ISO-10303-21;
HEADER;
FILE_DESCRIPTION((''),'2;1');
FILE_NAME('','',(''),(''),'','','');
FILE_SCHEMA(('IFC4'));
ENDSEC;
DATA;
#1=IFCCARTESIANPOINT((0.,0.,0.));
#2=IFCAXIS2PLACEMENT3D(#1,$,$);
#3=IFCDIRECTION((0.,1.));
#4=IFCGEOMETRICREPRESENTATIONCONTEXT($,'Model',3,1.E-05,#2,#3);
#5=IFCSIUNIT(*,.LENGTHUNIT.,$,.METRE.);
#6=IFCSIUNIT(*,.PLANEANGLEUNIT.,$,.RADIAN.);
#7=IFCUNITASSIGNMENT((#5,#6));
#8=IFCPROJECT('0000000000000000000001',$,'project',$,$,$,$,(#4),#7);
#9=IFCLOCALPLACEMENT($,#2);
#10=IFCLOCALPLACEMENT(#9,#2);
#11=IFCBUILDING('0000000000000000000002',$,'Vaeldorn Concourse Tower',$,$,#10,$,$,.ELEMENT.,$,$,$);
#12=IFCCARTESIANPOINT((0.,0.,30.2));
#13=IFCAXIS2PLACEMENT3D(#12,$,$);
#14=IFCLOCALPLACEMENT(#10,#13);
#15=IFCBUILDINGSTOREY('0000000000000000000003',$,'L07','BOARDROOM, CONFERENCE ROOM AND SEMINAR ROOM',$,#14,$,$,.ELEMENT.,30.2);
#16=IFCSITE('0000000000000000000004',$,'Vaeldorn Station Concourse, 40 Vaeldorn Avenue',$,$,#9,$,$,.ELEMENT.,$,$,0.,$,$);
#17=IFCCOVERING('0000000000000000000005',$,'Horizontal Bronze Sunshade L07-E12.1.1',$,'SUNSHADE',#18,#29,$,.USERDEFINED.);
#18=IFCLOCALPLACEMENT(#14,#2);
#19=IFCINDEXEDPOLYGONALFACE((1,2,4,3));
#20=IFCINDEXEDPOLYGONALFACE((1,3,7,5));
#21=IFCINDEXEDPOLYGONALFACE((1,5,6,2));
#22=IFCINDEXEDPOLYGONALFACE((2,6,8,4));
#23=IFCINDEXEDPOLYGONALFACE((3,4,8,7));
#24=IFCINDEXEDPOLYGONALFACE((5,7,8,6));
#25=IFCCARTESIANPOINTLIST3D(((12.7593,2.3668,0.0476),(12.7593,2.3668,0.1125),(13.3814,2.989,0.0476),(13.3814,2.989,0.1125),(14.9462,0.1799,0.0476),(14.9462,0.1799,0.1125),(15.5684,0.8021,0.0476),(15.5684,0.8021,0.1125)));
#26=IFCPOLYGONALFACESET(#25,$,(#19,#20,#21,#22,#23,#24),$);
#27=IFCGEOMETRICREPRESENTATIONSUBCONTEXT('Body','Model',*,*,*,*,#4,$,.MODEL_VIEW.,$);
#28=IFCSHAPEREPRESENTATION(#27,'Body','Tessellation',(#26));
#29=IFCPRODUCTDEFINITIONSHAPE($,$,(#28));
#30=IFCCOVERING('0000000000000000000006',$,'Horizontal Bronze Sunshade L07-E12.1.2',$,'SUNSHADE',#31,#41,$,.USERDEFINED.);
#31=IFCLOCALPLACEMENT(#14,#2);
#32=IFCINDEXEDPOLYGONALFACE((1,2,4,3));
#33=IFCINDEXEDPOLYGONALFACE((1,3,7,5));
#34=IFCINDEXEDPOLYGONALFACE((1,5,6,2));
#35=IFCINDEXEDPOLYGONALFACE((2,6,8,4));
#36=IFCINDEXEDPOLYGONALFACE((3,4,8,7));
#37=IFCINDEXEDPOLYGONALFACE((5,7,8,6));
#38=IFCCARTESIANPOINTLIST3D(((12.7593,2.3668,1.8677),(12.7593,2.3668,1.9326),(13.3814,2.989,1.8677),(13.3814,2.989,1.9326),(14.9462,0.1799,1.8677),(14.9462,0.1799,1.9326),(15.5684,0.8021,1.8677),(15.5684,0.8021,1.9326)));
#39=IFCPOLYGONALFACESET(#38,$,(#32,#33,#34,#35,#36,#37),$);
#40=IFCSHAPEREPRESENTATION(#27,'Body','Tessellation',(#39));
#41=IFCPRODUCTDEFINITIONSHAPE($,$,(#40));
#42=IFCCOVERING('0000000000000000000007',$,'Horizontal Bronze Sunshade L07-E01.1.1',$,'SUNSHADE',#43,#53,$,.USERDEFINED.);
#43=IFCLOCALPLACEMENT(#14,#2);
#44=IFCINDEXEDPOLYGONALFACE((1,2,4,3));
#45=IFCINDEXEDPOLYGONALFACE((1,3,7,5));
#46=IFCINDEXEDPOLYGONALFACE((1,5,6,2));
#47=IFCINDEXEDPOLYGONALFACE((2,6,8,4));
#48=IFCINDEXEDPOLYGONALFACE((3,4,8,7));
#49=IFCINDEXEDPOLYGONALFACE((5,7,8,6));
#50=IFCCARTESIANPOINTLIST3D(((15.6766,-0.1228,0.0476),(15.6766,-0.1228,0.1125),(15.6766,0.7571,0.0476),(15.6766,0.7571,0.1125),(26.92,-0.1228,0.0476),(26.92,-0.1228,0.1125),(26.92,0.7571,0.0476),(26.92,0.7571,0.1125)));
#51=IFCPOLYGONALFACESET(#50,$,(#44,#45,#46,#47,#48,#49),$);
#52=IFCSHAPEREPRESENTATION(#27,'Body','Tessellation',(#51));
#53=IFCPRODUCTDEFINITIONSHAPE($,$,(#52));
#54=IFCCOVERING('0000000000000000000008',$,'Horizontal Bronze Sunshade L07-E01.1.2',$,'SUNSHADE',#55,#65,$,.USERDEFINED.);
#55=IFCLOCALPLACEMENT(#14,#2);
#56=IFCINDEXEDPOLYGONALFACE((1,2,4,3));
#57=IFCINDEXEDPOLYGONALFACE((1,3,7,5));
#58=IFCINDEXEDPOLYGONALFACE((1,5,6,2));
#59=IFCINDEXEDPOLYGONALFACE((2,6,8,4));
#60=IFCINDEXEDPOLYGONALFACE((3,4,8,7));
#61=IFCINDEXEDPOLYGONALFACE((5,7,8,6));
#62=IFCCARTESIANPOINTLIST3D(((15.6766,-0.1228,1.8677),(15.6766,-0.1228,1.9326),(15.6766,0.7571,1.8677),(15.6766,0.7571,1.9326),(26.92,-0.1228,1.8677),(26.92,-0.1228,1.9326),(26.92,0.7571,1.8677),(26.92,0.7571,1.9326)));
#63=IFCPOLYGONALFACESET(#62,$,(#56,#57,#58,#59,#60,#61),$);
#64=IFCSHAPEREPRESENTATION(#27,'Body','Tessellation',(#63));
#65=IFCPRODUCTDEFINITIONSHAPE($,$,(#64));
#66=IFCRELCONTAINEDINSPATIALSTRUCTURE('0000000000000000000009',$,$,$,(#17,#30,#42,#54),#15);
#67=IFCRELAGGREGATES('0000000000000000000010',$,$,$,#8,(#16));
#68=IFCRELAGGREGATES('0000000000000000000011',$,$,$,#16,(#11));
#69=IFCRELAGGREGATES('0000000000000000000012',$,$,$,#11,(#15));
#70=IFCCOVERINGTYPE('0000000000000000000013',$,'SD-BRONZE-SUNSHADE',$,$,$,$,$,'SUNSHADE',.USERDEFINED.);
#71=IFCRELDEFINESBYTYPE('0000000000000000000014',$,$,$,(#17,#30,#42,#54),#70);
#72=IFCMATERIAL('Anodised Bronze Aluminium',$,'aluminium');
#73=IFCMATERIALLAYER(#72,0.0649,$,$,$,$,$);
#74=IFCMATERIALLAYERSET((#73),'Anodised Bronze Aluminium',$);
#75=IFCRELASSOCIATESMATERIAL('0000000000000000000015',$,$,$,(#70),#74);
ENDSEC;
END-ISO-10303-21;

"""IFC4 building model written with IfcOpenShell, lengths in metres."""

from ifc_helpers import new_model, si_unit, direction, frame, origin, origin_2d, place, context, subcontext, project, spatial, rectangle, extrude, source, transform, mapped, material, layer, layer_set, type_object, element, save


model = new_model("IFC4")

# Units and contexts
model_context = context("Model", 3, precision=1e-05, world=origin(), true_north=direction((0.0, 1.0)))
body_context = subcontext(model_context, "Body", "Model", "MODEL_VIEW")
ifc_project = project(units=[si_unit("LENGTHUNIT", "METRE"), si_unit("PLANEANGLEUNIT", "RADIAN")], contexts=[model_context])

# Site, building, storey
site_placement = place(None, origin())
site = spatial("IfcSite", under=ifc_project, at=site_placement, Name="Vaeldorn Station Concourse, 40 Vaeldorn Avenue", CompositionType="ELEMENT", RefElevation=0.0)
building_placement = place(site_placement, origin())
building = spatial("IfcBuilding", under=site, at=building_placement, Name="Vaeldorn Concourse Tower", CompositionType="ELEMENT")
storey_placement = place(building_placement, frame((0.0, 0.0, 30.2)))
storey = spatial("IfcBuildingStorey", under=building, at=storey_placement, Name="L07", Description="BOARDROOM, CONFERENCE ROOM AND SEMINAR ROOM", CompositionType="ELEMENT", Elevation=30.2)

# Shared definitions
ifc_material_1 = material(Name="Anodised Bronze Aluminium", Category="aluminium")

# Coverings
ifc_layer_1 = layer(ifc_material_1, 0.0649)
ifc_layer_set_1 = layer_set([ifc_layer_1], Name="Anodised Bronze Aluminium")
covering_type = type_object("IfcCoveringType", Name="SD-BRONZE-SUNSHADE", ElementType="SUNSHADE", PredefinedType="USERDEFINED", material=ifc_layer_set_1)
shared_shape_1 = source(origin(), body_context, "Body", "SweptSolid", [
    extrude(rectangle(XDim=3.0928, YDim=0.8799, at=origin_2d()), origin(), (0.0, 0.0, 1.0), 0.0649),
])
for number, where, z_axis, x_axis, name in (
    (1, (14.1638, 1.5845, 0.0476), (0.0, 0.0, 1.0), (0.707107, -0.707107, 0.0), "Horizontal Bronze Sunshade L07-E12.1.1"),
    (2, (14.1638, 1.5845, 1.8677), (0.0, 0.0, 1.0), (0.707107, -0.707107, 0.0), "Horizontal Bronze Sunshade L07-E12.1.2"),
):
    element("IfcCovering", number, at=place(storey_placement, frame(where, z_axis=z_axis, x_axis=x_axis)), inside=storey, type_object=covering_type, Name=name, ObjectType="SUNSHADE", PredefinedType="USERDEFINED", context=body_context, shape_type="MappedRepresentation", body=[
        mapped(shared_shape_1, transform((0.0, 0.0, 0.0), scale=1.0)),
    ])
shared_shape_2 = source(origin(), body_context, "Body", "SweptSolid", [
    extrude(rectangle(XDim=11.2434, YDim=0.8799, at=origin_2d()), origin(), (0.0, 0.0, 1.0), 0.0649),
])
for number, where, z_axis, x_axis, name in (
    (3, (21.2983, 0.3171, 0.0476), (0.0, 0.0, 1.0), (1.0, 0.0, 0.0), "Horizontal Bronze Sunshade L07-E01.1.1"),
    (4, (21.2983, 0.3171, 1.8677), (0.0, 0.0, 1.0), (1.0, 0.0, 0.0), "Horizontal Bronze Sunshade L07-E01.1.2"),
):
    element("IfcCovering", number, at=place(storey_placement, frame(where, z_axis=z_axis, x_axis=x_axis)), inside=storey, type_object=covering_type, Name=name, ObjectType="SUNSHADE", PredefinedType="USERDEFINED", context=body_context, shape_type="MappedRepresentation", body=[
        mapped(shared_shape_2, transform((0.0, 0.0, 0.0), scale=1.0)),
    ])

save(model, "model.ifc")
